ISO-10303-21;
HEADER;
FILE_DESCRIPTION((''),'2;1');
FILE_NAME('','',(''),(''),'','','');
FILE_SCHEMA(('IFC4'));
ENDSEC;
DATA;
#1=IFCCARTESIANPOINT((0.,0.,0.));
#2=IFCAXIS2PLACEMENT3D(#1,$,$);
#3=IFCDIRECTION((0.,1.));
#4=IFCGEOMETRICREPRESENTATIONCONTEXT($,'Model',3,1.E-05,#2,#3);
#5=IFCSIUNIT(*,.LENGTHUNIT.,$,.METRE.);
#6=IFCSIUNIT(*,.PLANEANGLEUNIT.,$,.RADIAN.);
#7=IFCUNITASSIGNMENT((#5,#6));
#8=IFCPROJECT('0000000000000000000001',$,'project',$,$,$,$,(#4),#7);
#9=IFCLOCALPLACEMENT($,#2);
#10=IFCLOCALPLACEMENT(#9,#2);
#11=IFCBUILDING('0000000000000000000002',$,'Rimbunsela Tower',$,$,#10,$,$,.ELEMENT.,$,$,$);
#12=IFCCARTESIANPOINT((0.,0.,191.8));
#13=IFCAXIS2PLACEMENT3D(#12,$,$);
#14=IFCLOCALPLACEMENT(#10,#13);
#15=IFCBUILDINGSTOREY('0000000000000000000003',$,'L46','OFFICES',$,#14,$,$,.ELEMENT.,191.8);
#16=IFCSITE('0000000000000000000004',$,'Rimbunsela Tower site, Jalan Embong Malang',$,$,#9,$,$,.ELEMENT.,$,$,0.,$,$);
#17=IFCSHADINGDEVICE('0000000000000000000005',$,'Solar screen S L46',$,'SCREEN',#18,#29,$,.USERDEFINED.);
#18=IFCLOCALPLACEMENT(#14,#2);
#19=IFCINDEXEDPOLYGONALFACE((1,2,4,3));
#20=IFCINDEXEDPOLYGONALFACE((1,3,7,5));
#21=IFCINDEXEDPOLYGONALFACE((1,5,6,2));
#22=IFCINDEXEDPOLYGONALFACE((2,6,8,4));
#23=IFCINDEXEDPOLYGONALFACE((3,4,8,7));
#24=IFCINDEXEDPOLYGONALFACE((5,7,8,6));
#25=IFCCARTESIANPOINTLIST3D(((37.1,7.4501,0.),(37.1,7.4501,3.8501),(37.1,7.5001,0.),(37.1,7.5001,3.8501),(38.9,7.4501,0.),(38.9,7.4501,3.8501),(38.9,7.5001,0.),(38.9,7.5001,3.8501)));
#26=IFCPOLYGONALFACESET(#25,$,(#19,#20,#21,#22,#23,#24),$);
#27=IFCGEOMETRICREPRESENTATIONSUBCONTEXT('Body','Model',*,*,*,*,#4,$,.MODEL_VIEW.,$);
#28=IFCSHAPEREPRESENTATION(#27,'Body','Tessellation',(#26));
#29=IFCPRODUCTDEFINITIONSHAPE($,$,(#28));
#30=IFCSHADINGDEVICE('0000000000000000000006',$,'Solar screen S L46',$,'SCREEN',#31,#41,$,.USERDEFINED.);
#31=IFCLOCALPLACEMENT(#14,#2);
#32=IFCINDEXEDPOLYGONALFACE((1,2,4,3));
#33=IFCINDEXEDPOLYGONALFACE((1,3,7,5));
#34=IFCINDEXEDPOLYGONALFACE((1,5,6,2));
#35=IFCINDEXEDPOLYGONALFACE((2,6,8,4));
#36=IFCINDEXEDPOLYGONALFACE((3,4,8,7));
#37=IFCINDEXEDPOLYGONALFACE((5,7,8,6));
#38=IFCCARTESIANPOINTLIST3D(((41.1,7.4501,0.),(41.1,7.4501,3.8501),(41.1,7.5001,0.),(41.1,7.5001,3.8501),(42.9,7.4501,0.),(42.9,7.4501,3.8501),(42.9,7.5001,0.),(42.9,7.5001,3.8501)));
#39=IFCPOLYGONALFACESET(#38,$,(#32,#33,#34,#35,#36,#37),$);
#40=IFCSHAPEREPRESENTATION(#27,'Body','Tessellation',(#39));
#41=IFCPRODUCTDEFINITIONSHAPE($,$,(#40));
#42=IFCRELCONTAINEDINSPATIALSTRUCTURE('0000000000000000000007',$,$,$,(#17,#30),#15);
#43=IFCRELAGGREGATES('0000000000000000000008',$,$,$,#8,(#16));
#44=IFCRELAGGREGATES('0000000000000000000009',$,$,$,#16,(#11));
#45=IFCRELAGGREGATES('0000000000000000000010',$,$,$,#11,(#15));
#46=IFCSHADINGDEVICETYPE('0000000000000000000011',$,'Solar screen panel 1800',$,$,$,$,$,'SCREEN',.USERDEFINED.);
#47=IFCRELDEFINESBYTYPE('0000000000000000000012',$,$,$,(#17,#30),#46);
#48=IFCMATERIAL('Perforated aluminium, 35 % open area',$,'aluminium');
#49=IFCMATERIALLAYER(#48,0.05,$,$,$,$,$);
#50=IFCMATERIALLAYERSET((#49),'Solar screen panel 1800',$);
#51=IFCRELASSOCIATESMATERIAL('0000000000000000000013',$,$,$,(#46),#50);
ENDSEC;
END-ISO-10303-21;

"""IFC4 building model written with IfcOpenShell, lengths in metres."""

from ifc_helpers import new_model, si_unit, direction, frame, origin, origin_2d, place, context, subcontext, project, spatial, rectangle, extrude, material, layer, layer_set, type_object, element, save


model = new_model("IFC4")

# Units and contexts
model_context = context("Model", 3, precision=1e-05, world=origin(), true_north=direction((0.0, 1.0)))
body_context = subcontext(model_context, "Body", "Model", "MODEL_VIEW")
ifc_project = project(units=[si_unit("LENGTHUNIT", "METRE"), si_unit("PLANEANGLEUNIT", "RADIAN")], contexts=[model_context])

# Site, building, storey
site_placement = place(None, origin())
site = spatial("IfcSite", under=ifc_project, at=site_placement, Name="Rimbunsela Tower site, Jalan Embong Malang", CompositionType="ELEMENT", RefElevation=0.0)
building_placement = place(site_placement, origin())
building = spatial("IfcBuilding", under=site, at=building_placement, Name="Rimbunsela Tower", CompositionType="ELEMENT")
storey_placement = place(building_placement, frame((0.0, 0.0, 191.8)))
storey = spatial("IfcBuildingStorey", under=building, at=storey_placement, Name="L46", Description="OFFICES", CompositionType="ELEMENT", Elevation=191.8)

# Shading devices
ifc_material_1 = material(Name="Perforated aluminium, 35 % open area", Category="aluminium")
ifc_layer_1 = layer(ifc_material_1, 0.05)
ifc_layer_set_1 = layer_set([ifc_layer_1], Name="Solar screen panel 1800")
shading_device_type = type_object("IfcShadingDeviceType", Name="Solar screen panel 1800", ElementType="SCREEN", PredefinedType="USERDEFINED", material=ifc_layer_set_1)
for number, where, z_axis, x_axis, name in (
    (1, (38.0, 7.4751, 0.0), (0.0, 0.0, 1.0), (1.0, 0.0, 0.0), "Solar screen S L46"),
    (2, (42.0, 7.4751, 0.0), (0.0, 0.0, 1.0), (1.0, 0.0, 0.0), "Solar screen S L46"),
):
    element("IfcShadingDevice", number, at=place(storey_placement, frame(where, z_axis=z_axis, x_axis=x_axis)), inside=storey, type_object=shading_device_type, Name=name, ObjectType="SCREEN", PredefinedType="USERDEFINED", context=body_context, shape_type="SweptSolid", body=[
        extrude(rectangle(XDim=1.8, YDim=0.05, at=origin_2d()), origin(), (0.0, 0.0, 1.0), 3.8501),
    ])

save(model, "model.ifc")
